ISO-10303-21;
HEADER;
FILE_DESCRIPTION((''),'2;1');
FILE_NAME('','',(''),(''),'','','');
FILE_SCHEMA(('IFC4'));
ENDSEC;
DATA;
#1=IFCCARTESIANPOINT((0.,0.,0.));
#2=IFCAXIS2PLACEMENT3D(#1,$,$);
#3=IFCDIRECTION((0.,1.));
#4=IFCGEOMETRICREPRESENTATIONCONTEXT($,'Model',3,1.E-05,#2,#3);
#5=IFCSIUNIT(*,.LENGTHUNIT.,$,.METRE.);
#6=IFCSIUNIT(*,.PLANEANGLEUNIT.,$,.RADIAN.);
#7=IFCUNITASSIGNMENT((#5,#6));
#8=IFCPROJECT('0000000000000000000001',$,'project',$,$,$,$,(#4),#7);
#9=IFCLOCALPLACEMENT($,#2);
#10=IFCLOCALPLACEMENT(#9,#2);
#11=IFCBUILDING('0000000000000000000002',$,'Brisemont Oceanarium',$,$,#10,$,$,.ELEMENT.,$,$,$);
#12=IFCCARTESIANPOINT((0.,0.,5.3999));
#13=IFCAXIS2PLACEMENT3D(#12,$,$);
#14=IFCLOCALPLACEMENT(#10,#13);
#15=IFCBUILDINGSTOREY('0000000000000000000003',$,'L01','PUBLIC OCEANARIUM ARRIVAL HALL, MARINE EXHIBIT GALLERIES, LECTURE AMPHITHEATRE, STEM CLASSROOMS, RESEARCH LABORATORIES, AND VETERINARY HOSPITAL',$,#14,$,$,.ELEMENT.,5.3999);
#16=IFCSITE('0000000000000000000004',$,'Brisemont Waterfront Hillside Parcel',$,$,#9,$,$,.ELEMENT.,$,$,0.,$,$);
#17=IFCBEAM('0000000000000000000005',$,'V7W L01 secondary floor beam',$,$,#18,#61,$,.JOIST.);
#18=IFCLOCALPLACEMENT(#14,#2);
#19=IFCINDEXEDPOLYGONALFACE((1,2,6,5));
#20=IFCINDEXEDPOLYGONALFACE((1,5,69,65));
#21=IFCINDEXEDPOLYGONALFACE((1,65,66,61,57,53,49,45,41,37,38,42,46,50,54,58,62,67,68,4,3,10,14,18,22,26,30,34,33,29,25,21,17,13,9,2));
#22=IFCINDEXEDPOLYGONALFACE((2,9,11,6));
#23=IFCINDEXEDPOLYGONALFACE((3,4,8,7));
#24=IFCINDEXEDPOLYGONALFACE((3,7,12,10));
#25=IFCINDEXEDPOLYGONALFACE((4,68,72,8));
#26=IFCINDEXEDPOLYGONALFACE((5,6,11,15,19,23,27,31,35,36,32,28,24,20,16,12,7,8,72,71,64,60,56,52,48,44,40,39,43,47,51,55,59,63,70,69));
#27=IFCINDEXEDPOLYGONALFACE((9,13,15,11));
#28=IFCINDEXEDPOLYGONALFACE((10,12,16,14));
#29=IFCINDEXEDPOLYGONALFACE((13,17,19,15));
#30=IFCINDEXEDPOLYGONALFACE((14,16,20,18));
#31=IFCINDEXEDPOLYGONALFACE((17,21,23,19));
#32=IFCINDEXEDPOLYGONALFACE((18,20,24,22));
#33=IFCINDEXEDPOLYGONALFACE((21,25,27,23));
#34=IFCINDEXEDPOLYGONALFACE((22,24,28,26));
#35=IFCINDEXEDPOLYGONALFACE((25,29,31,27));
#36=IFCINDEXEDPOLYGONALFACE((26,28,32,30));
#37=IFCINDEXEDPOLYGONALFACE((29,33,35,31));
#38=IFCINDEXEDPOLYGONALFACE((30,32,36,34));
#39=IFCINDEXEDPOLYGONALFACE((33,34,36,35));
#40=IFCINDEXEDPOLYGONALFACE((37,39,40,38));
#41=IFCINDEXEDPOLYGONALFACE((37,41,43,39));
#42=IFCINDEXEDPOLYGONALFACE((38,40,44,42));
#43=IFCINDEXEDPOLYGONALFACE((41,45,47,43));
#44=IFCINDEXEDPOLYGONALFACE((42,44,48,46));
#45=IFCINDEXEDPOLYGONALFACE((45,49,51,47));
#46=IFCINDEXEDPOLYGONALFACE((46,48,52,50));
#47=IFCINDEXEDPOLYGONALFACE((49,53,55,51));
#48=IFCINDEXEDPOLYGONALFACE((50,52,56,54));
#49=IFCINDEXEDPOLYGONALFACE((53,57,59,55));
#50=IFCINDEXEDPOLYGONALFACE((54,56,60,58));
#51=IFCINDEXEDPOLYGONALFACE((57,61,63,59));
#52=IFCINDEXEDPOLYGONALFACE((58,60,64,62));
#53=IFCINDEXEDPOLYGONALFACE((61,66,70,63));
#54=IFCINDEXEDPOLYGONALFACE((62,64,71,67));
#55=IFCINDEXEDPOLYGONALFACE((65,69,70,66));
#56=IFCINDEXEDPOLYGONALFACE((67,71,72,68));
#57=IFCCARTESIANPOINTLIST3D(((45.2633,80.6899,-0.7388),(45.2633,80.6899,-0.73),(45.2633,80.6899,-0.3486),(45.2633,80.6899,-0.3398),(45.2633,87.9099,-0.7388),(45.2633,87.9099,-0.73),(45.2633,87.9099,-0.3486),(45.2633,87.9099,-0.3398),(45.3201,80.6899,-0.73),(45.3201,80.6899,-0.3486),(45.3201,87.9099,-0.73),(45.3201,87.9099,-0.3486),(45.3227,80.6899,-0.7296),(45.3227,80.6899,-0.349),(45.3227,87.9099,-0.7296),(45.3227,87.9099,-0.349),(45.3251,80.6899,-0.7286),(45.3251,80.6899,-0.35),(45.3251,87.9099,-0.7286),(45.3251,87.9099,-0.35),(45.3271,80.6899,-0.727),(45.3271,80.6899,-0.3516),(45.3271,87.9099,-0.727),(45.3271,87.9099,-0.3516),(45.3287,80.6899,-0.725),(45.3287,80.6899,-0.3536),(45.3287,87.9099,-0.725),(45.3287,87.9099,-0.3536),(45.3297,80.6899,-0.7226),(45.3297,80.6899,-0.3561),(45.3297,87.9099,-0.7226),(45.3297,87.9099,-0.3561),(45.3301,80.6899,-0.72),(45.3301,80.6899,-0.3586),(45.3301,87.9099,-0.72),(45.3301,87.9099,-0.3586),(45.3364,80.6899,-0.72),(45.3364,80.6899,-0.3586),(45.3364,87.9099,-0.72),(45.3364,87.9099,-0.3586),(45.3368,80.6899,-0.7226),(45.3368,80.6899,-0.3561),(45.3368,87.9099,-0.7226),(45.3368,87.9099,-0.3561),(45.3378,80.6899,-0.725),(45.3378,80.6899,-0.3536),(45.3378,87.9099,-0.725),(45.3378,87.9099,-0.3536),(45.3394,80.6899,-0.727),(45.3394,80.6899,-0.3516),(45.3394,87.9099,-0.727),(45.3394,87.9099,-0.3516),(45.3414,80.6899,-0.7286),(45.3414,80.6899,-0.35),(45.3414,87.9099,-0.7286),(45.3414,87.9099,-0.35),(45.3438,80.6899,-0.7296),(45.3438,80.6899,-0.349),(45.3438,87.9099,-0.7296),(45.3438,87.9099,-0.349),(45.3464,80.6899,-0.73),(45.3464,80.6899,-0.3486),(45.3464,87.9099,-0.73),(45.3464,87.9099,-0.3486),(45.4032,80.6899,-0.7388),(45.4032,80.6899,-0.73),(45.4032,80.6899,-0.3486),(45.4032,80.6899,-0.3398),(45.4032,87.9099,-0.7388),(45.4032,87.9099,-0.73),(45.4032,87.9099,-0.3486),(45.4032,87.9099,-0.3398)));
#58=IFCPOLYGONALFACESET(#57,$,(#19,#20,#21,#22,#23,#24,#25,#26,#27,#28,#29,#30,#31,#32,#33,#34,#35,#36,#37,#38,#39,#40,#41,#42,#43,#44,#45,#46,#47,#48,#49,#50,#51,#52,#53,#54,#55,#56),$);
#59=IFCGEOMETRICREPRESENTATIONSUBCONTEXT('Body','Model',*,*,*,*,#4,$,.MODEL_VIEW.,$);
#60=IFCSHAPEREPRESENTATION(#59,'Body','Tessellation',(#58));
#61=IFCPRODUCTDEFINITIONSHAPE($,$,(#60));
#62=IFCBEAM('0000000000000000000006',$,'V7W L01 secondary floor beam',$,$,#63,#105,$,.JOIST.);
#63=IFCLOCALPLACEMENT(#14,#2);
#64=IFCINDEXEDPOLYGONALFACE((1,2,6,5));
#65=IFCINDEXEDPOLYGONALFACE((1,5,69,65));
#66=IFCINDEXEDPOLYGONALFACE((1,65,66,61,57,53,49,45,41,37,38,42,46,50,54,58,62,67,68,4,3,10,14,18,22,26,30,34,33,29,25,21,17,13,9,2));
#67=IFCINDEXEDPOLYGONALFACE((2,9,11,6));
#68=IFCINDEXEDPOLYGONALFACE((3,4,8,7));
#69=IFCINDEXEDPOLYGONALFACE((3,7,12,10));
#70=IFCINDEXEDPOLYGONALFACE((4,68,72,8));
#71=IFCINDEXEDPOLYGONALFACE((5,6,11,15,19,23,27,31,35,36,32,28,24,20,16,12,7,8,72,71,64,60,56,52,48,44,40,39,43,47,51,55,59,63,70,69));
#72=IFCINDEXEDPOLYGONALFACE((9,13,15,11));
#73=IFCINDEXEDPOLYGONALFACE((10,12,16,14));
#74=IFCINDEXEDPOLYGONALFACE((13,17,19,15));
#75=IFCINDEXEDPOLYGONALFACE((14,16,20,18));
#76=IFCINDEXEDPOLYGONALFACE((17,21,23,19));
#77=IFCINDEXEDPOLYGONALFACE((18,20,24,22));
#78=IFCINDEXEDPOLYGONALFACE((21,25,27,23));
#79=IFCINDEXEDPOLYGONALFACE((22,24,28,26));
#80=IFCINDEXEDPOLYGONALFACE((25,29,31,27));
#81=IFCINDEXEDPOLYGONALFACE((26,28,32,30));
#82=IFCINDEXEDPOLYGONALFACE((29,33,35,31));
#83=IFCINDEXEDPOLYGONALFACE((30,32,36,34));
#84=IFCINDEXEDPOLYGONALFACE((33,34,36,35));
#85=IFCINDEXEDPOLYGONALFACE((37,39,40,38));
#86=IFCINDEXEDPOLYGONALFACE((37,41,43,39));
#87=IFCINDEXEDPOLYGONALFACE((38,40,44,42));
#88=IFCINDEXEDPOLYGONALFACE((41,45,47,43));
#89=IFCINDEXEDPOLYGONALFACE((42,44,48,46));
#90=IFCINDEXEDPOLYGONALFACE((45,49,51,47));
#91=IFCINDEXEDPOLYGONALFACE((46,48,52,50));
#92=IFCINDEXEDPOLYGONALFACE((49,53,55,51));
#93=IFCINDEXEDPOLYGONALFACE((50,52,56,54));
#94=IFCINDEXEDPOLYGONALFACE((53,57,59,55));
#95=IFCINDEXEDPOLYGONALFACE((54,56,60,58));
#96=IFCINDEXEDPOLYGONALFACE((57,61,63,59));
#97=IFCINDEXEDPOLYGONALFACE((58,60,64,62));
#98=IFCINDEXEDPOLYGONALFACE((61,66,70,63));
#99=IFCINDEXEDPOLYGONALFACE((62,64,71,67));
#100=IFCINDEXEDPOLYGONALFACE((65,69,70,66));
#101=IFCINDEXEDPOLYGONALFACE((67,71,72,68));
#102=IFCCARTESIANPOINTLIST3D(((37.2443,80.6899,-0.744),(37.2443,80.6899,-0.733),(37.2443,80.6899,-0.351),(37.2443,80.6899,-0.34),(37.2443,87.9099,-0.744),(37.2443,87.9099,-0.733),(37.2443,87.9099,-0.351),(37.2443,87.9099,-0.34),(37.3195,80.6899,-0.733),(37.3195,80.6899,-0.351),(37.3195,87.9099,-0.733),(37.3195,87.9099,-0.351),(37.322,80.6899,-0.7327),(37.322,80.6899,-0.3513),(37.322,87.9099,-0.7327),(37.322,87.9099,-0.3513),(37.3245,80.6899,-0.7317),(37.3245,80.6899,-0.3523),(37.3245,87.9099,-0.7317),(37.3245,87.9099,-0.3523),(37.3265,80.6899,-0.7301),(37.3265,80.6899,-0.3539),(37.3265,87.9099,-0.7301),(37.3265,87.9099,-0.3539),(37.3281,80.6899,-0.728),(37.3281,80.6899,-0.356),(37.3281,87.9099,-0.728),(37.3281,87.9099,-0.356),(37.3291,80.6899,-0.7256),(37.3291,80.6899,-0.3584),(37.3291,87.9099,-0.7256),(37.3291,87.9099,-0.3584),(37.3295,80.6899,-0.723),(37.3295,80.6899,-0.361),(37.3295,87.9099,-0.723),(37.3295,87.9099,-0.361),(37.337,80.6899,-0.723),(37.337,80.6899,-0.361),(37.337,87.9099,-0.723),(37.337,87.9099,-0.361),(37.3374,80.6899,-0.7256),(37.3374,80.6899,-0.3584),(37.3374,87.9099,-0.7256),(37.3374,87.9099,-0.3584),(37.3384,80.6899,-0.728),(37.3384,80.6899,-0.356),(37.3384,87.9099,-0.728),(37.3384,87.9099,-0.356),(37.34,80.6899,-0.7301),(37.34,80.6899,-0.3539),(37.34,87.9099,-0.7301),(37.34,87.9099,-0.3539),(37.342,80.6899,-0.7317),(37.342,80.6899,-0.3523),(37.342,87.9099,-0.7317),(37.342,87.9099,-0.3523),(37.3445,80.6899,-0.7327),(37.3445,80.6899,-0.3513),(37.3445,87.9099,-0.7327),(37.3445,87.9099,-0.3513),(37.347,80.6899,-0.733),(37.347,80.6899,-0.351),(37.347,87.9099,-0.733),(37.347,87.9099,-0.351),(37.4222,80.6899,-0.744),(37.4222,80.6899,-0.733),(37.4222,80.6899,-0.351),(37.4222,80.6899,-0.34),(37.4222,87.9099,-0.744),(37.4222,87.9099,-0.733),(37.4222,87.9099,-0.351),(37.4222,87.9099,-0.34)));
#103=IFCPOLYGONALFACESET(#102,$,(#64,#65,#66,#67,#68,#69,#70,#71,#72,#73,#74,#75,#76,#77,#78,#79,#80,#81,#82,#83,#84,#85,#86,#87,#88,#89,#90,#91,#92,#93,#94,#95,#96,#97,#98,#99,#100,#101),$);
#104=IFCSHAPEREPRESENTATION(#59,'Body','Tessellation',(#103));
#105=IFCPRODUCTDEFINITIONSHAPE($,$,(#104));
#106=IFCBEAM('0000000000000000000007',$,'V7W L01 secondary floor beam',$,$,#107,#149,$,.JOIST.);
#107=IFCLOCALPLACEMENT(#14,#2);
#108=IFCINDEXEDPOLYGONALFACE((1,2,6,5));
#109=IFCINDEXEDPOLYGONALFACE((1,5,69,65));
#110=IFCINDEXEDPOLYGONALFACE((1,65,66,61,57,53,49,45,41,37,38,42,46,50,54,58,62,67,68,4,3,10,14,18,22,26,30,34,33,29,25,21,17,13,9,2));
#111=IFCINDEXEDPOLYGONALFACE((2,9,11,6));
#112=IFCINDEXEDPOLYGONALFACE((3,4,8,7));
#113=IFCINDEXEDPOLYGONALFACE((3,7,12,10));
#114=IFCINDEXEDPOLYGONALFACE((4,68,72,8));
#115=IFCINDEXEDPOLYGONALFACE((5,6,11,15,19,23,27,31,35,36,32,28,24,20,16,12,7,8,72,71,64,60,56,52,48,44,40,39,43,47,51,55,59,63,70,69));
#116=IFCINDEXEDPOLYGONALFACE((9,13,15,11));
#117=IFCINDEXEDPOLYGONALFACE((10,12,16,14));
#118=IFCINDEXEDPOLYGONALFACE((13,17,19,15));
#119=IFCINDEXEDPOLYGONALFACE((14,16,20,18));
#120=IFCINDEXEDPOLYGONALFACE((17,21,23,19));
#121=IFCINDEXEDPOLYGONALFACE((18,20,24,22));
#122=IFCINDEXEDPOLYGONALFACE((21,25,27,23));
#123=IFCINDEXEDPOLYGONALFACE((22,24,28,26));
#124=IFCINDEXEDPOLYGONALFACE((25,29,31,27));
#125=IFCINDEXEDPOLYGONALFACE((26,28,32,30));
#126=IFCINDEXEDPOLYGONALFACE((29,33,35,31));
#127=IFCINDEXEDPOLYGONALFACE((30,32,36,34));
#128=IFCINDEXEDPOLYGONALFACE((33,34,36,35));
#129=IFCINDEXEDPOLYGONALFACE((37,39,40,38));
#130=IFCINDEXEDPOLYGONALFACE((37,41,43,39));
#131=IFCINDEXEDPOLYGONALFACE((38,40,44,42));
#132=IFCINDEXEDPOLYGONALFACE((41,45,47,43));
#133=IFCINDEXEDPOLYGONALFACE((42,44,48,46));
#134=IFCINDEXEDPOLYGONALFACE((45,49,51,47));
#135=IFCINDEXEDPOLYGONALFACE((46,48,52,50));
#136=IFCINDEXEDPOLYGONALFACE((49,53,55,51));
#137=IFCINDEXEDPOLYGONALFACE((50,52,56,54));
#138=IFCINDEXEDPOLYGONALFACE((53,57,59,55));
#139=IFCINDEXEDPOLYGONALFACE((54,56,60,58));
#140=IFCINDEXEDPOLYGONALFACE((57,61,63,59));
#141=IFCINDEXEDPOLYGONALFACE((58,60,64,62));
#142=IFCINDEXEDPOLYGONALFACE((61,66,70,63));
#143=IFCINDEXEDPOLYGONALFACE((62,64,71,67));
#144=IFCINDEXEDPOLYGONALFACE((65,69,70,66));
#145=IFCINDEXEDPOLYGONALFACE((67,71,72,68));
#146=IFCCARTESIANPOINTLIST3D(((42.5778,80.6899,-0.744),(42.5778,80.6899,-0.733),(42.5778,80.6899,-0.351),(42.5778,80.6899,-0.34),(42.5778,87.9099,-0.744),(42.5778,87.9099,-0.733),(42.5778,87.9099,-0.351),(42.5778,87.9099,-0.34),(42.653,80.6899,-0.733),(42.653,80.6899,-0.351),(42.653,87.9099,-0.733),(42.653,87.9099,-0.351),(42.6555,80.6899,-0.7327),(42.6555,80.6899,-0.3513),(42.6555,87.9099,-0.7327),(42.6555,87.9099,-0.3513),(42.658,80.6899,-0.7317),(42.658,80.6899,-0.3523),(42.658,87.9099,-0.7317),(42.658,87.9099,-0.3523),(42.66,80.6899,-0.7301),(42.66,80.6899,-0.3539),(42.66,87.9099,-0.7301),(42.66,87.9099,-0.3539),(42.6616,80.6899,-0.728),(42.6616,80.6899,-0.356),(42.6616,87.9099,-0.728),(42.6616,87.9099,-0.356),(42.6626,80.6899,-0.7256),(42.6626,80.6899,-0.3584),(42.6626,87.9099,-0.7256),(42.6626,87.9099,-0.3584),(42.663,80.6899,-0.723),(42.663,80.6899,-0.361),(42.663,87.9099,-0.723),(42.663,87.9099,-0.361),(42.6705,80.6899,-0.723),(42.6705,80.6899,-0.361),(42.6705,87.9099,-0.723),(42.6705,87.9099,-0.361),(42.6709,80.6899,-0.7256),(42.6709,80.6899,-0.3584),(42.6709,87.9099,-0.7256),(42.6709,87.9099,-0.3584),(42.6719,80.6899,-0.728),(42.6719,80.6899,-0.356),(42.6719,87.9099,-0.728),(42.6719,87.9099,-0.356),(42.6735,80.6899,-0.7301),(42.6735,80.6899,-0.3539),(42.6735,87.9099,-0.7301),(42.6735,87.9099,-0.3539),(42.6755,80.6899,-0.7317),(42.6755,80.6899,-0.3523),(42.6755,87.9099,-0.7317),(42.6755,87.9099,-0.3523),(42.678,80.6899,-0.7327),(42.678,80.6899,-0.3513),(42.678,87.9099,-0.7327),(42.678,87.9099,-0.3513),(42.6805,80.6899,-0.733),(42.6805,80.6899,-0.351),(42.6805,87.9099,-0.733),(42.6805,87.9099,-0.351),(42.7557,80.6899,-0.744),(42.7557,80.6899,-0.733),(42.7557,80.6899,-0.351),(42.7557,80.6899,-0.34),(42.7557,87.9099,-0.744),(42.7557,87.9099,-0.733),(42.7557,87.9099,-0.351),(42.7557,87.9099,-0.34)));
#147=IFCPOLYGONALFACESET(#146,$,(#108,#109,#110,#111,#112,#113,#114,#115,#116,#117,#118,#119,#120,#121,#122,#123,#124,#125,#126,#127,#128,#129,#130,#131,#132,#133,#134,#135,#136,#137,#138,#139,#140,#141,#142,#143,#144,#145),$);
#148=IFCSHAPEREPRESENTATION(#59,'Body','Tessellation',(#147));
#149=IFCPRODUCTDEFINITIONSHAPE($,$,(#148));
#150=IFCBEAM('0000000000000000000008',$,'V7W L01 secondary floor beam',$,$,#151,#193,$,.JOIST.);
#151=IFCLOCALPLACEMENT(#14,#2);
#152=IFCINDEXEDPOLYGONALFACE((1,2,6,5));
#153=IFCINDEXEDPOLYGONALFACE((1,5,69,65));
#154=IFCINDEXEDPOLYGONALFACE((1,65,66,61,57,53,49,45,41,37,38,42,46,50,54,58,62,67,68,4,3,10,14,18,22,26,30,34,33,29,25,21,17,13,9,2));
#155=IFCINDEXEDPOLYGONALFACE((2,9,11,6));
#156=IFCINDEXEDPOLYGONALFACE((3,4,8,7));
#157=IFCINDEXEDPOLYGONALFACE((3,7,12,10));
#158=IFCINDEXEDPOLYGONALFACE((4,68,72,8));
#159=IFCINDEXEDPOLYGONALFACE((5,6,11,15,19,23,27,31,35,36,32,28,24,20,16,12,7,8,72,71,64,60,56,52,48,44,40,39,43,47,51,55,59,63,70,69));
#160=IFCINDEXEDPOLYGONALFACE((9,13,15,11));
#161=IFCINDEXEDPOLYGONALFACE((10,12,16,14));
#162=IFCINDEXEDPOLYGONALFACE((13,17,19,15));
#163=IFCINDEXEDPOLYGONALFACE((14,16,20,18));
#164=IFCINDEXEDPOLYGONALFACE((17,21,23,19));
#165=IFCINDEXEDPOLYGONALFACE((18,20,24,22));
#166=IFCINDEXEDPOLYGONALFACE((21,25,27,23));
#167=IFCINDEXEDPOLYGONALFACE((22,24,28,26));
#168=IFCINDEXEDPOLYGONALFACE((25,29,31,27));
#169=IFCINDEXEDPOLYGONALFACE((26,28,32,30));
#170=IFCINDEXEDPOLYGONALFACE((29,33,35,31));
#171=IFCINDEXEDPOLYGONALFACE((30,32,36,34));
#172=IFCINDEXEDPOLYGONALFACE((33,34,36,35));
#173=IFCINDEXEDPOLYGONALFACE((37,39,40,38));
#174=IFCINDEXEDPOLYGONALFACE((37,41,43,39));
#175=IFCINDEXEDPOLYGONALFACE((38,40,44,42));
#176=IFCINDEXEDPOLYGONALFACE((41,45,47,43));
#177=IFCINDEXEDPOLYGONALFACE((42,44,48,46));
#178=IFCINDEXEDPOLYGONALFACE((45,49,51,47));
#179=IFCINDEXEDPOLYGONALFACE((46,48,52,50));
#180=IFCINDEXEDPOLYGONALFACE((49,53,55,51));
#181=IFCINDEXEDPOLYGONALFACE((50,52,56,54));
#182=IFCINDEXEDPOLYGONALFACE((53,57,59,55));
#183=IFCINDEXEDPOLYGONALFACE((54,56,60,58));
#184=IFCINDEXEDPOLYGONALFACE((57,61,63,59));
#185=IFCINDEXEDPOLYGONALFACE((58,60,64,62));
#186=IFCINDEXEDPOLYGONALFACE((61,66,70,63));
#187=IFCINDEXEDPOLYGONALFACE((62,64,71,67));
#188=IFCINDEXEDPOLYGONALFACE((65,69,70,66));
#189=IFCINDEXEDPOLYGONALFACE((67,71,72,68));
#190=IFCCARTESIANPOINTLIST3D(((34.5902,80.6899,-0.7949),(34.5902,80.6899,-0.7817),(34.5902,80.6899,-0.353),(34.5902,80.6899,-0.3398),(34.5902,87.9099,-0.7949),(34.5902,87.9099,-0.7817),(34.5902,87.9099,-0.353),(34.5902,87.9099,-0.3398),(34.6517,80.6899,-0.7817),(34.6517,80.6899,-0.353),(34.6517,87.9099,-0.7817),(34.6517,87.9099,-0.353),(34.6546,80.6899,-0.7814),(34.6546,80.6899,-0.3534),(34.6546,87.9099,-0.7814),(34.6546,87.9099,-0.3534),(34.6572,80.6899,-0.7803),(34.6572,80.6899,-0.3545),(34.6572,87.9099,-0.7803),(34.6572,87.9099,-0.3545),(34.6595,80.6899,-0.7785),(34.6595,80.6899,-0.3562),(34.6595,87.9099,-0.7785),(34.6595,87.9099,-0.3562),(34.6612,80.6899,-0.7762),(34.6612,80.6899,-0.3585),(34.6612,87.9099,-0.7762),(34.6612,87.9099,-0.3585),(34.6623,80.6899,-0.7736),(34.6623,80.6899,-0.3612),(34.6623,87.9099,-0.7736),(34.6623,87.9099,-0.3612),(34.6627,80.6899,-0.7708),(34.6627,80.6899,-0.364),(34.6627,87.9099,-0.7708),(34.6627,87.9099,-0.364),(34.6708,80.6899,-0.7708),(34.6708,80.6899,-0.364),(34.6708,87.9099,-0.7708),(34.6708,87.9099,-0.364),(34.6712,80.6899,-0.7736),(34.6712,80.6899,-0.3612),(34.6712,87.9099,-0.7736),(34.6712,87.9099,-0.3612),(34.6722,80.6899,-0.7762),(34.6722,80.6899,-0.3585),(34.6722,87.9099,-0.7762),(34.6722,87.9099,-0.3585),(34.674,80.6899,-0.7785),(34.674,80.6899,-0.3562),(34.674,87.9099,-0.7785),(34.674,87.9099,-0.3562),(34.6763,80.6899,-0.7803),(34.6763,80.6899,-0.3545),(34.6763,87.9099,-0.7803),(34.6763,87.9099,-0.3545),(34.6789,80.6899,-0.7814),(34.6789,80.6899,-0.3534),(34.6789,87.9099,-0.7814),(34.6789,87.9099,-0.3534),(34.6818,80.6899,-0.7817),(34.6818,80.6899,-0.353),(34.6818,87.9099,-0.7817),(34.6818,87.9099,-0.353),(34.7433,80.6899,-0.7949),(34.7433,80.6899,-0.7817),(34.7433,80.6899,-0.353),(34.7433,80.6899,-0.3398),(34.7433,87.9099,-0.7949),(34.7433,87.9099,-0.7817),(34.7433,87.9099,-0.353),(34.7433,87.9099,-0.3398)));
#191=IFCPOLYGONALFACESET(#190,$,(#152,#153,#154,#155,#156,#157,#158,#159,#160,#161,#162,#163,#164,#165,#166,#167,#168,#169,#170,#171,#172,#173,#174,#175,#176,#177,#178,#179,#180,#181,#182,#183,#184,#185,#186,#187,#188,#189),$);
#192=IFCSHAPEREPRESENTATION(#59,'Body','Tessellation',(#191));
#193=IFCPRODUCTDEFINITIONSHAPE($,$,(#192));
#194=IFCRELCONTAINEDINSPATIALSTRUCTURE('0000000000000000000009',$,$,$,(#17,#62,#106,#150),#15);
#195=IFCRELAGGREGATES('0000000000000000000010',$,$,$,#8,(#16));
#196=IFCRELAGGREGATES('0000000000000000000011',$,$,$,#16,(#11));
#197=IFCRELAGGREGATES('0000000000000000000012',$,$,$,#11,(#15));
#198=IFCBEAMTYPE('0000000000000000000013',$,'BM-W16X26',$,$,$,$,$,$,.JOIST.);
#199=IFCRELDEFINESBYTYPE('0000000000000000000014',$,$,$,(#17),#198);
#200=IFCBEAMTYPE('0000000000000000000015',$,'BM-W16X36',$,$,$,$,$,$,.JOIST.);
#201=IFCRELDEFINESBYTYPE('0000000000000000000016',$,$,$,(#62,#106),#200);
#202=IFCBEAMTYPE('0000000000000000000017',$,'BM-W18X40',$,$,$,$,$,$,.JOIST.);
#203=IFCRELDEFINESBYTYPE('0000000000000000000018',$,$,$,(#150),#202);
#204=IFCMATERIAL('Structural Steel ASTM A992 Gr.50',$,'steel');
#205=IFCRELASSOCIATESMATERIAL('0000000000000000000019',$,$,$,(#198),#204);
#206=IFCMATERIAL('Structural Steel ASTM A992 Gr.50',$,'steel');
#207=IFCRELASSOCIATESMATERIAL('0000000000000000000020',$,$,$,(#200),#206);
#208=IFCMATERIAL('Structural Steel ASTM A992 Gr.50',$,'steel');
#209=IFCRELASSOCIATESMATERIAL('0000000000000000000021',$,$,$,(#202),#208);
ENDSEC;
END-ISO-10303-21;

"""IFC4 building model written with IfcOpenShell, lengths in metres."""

from ifc_helpers import new_model, si_unit, direction, frame, origin, origin_2d, place, context, subcontext, project, spatial, i_section, extrude, material, material_profile, profile_set, type_object, element, save


model = new_model("IFC4")

# Units and contexts
model_context = context("Model", 3, precision=1e-05, world=origin(), true_north=direction((0.0, 1.0)))
body_context = subcontext(model_context, "Body", "Model", "MODEL_VIEW")
ifc_project = project(units=[si_unit("LENGTHUNIT", "METRE"), si_unit("PLANEANGLEUNIT", "RADIAN")], contexts=[model_context])

# Site, building, storey
site_placement = place(None, origin())
site = spatial("IfcSite", under=ifc_project, at=site_placement, Name="Brisemont Waterfront Hillside Parcel", CompositionType="ELEMENT", RefElevation=0.0)
building_placement = place(site_placement, origin())
building = spatial("IfcBuilding", under=site, at=building_placement, Name="Brisemont Oceanarium", CompositionType="ELEMENT")
storey_placement = place(building_placement, frame((0.0, 0.0, 5.3999)))
storey = spatial("IfcBuildingStorey", under=building, at=storey_placement, Name="L01", Description="PUBLIC OCEANARIUM ARRIVAL HALL, MARINE EXHIBIT GALLERIES, LECTURE AMPHITHEATRE, STEM CLASSROOMS, RESEARCH LABORATORIES, AND VETERINARY HOSPITAL", CompositionType="ELEMENT", Elevation=5.3999)

# Beams
ifc_material_1 = material(Name="Structural Steel ASTM A992 Gr.50", Category="steel")
ifc_material_profile_1 = material_profile(ifc_material_1, i_section(OverallWidth=0.1399, OverallDepth=0.3989, WebThickness=0.0063, FlangeThickness=0.0088, FilletRadius=0.01, at=origin_2d()), Name="W16X26")
ifc_profile_set_1 = profile_set([ifc_material_profile_1], Name="Structural Steel ASTM A992 Gr.50")
beam_type_1 = type_object("IfcBeamType", Name="BM-W16X26", PredefinedType="JOIST", material=ifc_profile_set_1)
beam_1_placement = place(storey_placement, frame((45.3333, 80.6899, -0.5393), z_axis=(0.0, 1.0, 0.0), x_axis=(-1.0, 0.0, 0.0)))
element("IfcBeam", 1, at=beam_1_placement, inside=storey, type_object=beam_type_1, Name="V7W L01 secondary floor beam", PredefinedType="JOIST", context=body_context, shape_type="SweptSolid", body=[
    extrude(i_section(OverallWidth=0.1399, OverallDepth=0.3989, WebThickness=0.0063, FlangeThickness=0.0088, FilletRadius=0.01, at=origin_2d()), origin(), (0.0, 0.0, 1.0), 7.22),
])
ifc_material_2 = material(Name="Structural Steel ASTM A992 Gr.50", Category="steel")
ifc_material_profile_2 = material_profile(ifc_material_2, i_section(OverallWidth=0.178, OverallDepth=0.4041, WebThickness=0.0076, FlangeThickness=0.011, FilletRadius=0.01, at=origin_2d()), Name="W16X36")
ifc_profile_set_2 = profile_set([ifc_material_profile_2], Name="Structural Steel ASTM A992 Gr.50")
beam_type_2 = type_object("IfcBeamType", Name="BM-W16X36", PredefinedType="JOIST", material=ifc_profile_set_2)
for number, where, z_axis, x_axis, name in (
    (2, (37.3333, 80.6899, -0.542), (0.0, 1.0, 0.0), (-1.0, 0.0, 0.0), "V7W L01 secondary floor beam"),
    (3, (42.6667, 80.6899, -0.542), (0.0, 1.0, 0.0), (-1.0, 0.0, 0.0), "V7W L01 secondary floor beam"),
):
    element("IfcBeam", number, at=place(storey_placement, frame(where, z_axis=z_axis, x_axis=x_axis)), inside=storey, type_object=beam_type_2, Name=name, PredefinedType="JOIST", context=body_context, shape_type="SweptSolid", body=[
        extrude(i_section(OverallWidth=0.178, OverallDepth=0.4041, WebThickness=0.0076, FlangeThickness=0.011, FilletRadius=0.01, at=origin_2d()), origin(), (0.0, 0.0, 1.0), 7.22),
    ])
ifc_material_3 = material(Name="Structural Steel ASTM A992 Gr.50", Category="steel")
ifc_material_profile_3 = material_profile(ifc_material_3, i_section(OverallWidth=0.1531, OverallDepth=0.4551, WebThickness=0.0081, FlangeThickness=0.0132, FilletRadius=0.011, at=origin_2d()), Name="W18X40")
ifc_profile_set_3 = profile_set([ifc_material_profile_3], Name="Structural Steel ASTM A992 Gr.50")
beam_type_3 = type_object("IfcBeamType", Name="BM-W18X40", PredefinedType="JOIST", material=ifc_profile_set_3)
beam_2_placement = place(storey_placement, frame((34.6667, 80.6899, -0.5674), z_axis=(0.0, 1.0, 0.0), x_axis=(-1.0, 0.0, 0.0)))
element("IfcBeam", 4, at=beam_2_placement, inside=storey, type_object=beam_type_3, Name="V7W L01 secondary floor beam", PredefinedType="JOIST", context=body_context, shape_type="SweptSolid", body=[
    extrude(i_section(OverallWidth=0.1531, OverallDepth=0.4551, WebThickness=0.0081, FlangeThickness=0.0132, FilletRadius=0.011, at=origin_2d()), origin(), (0.0, 0.0, 1.0), 7.22),
])

save(model, "model.ifc")
